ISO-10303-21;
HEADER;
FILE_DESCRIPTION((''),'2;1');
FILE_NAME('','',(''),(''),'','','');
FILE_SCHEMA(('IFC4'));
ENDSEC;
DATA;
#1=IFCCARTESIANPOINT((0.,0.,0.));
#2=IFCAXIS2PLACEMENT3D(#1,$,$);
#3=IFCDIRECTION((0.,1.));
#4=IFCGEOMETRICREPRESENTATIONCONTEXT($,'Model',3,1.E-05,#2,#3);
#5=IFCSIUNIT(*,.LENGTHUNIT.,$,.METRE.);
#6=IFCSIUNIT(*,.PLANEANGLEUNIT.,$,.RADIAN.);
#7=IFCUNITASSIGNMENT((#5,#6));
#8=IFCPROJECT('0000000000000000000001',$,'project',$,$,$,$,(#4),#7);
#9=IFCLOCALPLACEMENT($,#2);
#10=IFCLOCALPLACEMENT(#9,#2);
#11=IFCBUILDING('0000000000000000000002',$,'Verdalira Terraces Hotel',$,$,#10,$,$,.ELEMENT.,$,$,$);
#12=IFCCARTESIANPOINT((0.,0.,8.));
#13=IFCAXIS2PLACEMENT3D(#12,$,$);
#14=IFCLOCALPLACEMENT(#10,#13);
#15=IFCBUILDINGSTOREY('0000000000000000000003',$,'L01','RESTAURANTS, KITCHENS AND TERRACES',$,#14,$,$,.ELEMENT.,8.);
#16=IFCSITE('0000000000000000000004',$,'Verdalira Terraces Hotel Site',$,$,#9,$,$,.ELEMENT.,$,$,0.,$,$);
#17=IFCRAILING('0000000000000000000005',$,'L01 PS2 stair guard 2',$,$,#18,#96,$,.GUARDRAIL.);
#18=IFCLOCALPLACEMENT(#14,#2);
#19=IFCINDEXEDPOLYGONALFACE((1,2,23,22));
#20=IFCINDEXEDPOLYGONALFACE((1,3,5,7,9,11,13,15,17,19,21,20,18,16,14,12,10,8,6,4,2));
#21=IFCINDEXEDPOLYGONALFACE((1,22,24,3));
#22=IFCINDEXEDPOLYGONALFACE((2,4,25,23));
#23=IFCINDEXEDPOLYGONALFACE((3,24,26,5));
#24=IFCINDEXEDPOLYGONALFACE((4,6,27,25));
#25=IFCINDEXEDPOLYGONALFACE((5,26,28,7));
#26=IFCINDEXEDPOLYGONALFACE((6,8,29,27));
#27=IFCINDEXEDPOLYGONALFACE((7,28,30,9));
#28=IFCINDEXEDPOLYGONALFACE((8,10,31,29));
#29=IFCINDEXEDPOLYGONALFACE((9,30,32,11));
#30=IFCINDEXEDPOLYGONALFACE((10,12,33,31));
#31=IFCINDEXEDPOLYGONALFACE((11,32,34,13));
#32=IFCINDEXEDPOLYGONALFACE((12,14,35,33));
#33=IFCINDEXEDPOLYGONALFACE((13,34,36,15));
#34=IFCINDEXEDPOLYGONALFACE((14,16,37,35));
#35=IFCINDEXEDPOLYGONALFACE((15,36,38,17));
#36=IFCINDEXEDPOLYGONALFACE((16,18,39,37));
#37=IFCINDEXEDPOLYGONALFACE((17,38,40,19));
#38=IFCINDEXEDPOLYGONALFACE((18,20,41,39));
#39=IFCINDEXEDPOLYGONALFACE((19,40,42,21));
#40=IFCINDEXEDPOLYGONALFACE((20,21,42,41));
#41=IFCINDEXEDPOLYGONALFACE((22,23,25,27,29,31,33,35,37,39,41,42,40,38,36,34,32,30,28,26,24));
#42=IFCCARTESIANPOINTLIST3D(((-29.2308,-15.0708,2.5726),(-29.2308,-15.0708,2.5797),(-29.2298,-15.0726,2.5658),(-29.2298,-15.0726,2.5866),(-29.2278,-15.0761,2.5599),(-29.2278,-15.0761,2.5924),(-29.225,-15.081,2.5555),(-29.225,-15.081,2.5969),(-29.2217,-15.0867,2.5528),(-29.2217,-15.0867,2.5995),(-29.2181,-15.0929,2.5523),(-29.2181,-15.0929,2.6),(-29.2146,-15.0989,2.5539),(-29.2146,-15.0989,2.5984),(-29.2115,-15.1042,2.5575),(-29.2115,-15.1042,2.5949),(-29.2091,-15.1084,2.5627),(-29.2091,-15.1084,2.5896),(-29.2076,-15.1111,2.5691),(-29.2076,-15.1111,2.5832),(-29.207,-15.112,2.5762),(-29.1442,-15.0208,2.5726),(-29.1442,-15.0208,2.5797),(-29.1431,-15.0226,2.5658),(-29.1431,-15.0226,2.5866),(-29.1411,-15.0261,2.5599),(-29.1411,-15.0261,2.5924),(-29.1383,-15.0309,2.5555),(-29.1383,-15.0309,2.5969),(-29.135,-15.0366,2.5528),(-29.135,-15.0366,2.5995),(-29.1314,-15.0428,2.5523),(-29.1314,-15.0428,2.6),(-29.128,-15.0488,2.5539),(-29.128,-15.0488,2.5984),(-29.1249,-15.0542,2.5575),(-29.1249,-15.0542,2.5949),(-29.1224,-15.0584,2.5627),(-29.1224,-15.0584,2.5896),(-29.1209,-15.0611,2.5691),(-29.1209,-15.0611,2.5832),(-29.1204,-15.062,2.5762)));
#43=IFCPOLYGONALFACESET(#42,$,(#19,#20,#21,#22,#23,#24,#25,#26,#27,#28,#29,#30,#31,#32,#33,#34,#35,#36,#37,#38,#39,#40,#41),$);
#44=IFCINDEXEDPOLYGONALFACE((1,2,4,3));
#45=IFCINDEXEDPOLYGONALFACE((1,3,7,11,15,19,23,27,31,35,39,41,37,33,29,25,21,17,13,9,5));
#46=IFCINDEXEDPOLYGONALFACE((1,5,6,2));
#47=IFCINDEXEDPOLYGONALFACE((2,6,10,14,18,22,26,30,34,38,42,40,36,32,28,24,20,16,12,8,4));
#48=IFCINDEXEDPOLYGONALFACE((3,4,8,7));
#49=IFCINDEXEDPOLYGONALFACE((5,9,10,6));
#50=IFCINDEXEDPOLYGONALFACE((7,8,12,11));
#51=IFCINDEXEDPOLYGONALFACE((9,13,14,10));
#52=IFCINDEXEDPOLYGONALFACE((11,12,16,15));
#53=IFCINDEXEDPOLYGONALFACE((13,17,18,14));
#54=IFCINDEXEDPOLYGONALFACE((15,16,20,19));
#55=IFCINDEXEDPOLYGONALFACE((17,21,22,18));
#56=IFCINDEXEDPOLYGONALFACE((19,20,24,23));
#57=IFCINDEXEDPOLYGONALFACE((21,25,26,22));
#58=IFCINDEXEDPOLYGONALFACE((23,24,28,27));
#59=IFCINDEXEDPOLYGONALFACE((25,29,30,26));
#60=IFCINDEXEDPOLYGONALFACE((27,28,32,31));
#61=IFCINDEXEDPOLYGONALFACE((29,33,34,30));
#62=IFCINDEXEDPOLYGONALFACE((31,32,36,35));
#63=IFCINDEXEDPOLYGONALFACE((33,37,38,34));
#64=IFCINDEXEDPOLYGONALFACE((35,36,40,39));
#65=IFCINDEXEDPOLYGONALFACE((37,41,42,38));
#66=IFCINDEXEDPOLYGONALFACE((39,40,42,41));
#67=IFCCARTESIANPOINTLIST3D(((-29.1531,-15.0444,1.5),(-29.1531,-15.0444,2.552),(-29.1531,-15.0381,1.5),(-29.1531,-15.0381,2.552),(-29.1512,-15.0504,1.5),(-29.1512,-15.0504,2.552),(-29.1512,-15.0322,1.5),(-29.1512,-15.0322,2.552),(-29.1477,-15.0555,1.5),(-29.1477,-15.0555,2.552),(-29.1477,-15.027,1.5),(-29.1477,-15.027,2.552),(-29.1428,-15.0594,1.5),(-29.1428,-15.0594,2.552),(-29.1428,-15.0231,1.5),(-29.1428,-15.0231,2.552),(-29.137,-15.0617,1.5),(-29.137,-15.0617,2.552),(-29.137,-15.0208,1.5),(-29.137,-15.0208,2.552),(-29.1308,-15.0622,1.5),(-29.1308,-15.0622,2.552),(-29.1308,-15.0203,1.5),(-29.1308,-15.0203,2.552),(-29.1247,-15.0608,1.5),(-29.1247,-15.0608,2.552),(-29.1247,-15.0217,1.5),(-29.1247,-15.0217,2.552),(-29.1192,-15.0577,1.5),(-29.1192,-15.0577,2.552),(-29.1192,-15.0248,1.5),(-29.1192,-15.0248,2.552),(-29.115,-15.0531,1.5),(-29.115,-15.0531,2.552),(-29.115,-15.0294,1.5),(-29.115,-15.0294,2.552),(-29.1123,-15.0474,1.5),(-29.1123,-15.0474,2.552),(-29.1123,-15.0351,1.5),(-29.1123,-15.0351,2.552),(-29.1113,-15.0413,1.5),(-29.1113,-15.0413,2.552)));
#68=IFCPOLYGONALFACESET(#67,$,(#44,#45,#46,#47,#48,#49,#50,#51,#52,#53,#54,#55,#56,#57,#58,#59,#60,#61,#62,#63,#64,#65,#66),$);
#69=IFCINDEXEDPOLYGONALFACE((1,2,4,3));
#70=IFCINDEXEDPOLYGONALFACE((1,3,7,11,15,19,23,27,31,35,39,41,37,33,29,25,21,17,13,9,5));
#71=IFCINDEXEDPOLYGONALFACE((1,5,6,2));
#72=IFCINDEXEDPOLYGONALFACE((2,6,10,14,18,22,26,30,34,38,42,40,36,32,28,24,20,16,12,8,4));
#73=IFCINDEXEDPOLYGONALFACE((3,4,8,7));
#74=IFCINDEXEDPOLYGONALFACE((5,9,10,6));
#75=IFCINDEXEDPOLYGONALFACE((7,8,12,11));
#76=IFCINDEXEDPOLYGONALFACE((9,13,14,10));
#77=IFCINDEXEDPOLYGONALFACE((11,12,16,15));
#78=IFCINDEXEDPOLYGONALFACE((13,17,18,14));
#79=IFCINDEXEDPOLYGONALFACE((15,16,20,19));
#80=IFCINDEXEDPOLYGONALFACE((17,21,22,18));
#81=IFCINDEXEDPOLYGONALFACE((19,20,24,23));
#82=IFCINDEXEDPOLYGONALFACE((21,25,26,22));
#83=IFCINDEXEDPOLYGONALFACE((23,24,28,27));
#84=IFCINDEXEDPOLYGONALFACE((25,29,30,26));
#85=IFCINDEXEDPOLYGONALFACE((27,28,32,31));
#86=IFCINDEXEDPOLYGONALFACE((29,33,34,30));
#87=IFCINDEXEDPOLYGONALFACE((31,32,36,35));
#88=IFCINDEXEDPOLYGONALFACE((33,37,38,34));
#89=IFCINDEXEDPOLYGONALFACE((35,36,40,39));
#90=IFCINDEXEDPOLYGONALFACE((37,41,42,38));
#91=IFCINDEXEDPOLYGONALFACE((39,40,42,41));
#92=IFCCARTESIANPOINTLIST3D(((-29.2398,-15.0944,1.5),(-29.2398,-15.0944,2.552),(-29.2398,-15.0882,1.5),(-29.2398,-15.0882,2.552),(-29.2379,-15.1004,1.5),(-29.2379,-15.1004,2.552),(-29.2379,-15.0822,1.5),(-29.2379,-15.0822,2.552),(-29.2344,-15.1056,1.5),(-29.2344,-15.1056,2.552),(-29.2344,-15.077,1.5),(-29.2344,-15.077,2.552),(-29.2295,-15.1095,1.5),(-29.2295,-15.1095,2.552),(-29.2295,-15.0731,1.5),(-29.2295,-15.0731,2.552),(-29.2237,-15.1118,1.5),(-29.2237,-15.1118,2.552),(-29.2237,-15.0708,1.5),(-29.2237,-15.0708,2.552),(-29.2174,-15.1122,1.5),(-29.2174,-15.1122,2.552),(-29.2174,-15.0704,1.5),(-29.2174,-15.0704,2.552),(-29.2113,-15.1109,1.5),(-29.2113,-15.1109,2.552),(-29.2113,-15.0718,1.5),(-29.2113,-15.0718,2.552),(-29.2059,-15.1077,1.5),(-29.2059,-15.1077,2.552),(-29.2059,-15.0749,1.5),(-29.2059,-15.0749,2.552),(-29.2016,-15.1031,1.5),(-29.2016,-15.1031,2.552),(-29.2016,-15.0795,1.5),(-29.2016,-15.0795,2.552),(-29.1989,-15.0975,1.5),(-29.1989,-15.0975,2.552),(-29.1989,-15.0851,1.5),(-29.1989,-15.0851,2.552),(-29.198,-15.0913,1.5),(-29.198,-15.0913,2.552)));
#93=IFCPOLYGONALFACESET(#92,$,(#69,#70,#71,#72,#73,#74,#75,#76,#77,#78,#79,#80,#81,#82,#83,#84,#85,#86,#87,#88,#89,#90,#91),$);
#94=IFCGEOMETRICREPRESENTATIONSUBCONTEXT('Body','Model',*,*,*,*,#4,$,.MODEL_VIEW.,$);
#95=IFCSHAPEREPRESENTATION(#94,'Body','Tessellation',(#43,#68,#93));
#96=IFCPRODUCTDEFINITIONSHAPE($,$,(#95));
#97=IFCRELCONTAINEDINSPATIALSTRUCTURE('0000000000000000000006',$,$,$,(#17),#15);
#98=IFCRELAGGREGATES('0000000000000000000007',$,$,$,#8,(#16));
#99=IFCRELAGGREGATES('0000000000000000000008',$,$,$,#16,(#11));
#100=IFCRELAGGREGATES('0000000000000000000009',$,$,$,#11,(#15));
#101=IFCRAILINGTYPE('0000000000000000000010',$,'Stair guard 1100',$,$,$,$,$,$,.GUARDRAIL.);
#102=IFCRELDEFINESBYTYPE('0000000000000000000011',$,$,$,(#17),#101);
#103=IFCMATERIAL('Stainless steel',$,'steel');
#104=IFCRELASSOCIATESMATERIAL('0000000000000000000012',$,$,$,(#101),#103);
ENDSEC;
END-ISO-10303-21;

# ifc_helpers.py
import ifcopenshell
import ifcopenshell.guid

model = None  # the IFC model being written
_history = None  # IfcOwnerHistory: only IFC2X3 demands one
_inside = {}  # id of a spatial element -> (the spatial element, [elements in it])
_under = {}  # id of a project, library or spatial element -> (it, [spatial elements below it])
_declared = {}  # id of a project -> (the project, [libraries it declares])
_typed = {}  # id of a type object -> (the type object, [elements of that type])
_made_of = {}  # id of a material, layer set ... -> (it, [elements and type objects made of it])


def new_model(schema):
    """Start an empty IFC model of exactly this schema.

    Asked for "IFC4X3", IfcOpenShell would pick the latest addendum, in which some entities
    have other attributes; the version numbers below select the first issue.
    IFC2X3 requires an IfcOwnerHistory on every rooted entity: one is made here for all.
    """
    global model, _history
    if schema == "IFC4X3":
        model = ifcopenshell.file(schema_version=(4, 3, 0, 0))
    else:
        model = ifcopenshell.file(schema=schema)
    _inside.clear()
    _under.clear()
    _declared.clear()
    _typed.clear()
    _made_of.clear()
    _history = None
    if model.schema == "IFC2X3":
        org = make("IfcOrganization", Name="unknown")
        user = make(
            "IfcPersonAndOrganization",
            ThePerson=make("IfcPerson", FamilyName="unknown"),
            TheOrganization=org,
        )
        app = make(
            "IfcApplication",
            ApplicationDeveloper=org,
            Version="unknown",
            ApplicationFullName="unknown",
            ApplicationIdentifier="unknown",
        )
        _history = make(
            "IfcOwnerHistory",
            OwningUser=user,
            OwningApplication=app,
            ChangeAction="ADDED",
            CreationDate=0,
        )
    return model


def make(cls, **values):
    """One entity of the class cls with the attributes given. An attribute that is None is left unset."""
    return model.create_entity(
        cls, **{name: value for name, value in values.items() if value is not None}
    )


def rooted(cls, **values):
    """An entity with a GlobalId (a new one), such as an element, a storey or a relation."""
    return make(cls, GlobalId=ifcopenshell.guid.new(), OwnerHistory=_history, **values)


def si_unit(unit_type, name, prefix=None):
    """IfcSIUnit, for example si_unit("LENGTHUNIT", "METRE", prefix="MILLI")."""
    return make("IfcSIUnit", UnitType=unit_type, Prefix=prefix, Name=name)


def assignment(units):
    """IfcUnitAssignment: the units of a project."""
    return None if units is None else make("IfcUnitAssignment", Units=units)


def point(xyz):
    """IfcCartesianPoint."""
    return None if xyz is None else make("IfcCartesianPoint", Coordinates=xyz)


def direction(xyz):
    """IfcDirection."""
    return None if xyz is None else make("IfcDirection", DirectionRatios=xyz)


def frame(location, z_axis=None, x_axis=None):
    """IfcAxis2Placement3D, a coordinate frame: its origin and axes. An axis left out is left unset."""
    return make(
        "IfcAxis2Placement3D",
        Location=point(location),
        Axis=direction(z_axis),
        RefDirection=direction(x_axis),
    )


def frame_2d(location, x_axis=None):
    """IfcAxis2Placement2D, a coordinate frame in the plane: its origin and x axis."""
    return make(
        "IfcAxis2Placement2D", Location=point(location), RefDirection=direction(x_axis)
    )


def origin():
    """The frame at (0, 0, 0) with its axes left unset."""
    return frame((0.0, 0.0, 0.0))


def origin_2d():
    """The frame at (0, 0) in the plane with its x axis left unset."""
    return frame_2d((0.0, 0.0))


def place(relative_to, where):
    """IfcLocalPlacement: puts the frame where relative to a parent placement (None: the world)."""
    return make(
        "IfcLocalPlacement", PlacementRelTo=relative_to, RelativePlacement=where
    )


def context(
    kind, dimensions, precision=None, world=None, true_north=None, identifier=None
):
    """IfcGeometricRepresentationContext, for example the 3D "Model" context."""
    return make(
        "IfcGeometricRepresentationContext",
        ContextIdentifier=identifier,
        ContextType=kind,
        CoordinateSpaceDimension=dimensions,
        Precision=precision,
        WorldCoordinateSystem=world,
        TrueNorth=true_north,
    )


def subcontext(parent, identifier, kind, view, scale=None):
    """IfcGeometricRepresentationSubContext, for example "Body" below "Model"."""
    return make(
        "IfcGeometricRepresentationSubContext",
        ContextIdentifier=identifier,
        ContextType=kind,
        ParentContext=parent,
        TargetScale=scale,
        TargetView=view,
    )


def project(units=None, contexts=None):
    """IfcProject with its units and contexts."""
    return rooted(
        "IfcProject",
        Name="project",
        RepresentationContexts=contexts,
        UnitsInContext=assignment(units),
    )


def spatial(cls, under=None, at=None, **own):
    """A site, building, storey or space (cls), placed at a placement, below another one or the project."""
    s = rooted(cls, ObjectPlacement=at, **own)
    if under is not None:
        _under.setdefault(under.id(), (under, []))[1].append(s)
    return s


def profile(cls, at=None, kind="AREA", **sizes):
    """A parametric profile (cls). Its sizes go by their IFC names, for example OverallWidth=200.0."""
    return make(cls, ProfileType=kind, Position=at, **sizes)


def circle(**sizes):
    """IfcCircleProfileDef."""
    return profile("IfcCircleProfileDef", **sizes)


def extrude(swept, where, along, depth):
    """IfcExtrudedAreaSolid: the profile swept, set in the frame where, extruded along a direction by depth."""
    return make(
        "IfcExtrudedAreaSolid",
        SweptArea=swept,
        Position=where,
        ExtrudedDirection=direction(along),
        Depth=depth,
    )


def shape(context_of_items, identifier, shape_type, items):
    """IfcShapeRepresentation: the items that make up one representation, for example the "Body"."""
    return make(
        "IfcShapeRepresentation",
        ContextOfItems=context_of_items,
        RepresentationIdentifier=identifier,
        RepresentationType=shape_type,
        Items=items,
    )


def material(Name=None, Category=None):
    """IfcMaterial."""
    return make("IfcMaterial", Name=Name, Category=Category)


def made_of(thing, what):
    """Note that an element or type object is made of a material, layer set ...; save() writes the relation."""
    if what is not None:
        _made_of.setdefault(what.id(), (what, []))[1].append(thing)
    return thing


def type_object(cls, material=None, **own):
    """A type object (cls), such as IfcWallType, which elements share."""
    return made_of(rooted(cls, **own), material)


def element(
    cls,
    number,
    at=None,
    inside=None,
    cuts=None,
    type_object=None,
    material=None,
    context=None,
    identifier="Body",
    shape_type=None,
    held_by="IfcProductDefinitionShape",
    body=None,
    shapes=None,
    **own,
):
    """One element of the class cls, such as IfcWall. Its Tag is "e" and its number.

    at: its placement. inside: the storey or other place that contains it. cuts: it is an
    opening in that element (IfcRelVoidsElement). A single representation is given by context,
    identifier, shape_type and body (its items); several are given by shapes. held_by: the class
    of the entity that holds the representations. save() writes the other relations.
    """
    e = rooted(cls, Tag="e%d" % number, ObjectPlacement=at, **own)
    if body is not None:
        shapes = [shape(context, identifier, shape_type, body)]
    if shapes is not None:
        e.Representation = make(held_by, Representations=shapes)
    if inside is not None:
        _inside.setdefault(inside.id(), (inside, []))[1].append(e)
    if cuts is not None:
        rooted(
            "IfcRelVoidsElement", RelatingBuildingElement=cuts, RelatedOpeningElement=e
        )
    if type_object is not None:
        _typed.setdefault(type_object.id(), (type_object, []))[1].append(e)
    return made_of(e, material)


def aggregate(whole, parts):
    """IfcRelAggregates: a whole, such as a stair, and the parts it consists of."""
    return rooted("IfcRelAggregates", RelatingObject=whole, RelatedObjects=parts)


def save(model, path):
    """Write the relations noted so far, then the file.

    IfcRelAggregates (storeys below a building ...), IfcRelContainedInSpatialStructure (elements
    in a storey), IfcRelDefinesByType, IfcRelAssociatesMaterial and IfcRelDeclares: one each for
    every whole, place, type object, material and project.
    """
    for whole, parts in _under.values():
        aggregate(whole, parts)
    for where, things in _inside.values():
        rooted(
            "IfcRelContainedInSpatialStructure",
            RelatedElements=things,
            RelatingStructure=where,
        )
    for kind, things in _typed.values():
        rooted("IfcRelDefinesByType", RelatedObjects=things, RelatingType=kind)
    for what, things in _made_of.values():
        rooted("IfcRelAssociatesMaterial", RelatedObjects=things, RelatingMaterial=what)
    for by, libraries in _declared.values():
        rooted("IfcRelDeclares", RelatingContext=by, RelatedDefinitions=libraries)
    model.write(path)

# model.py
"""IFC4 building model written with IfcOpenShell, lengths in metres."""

from ifc_helpers import new_model, si_unit, direction, frame, origin, origin_2d, place, context, subcontext, project, spatial, circle, extrude, material, type_object, element, save


model = new_model("IFC4")

# Units and contexts
model_context = context("Model", 3, precision=1e-05, world=origin(), true_north=direction((0.0, 1.0)))
body_context = subcontext(model_context, "Body", "Model", "MODEL_VIEW")
ifc_project = project(units=[si_unit("LENGTHUNIT", "METRE"), si_unit("PLANEANGLEUNIT", "RADIAN")], contexts=[model_context])

# Site, building, storey
site_placement = place(None, origin())
site = spatial("IfcSite", under=ifc_project, at=site_placement, Name="Verdalira Terraces Hotel Site", CompositionType="ELEMENT", RefElevation=0.0)
building_placement = place(site_placement, origin())
building = spatial("IfcBuilding", under=site, at=building_placement, Name="Verdalira Terraces Hotel", CompositionType="ELEMENT")
storey_placement = place(building_placement, frame((0.0, 0.0, 8.0)))
storey = spatial("IfcBuildingStorey", under=building, at=storey_placement, Name="L01", Description="RESTAURANTS, KITCHENS AND TERRACES", CompositionType="ELEMENT", Elevation=8.0)

# Railing
ifc_material_1 = material(Name="Stainless steel", Category="steel")
railing_type_1 = type_object("IfcRailingType", Name="Stair guard 1100", PredefinedType="GUARDRAIL", material=ifc_material_1)
railing_1_placement = place(storey_placement, frame((-29.1323, -15.0413, 1.5)))
element("IfcRailing", 1, at=railing_1_placement, inside=storey, type_object=railing_type_1, Name="L01 PS2 stair guard 2", PredefinedType="GUARDRAIL", context=body_context, shape_type="SweptSolid", body=[
    extrude(circle(Radius=0.0239, at=origin_2d()), frame((0.0, 0.0, 1.0762), z_axis=(-0.865982, -0.500074, 0.0), x_axis=(0.500074, -0.865982, 0.0)), (0.0, 0.0, 1.0), 0.1001),
    extrude(circle(Radius=0.021, at=origin_2d()), origin(), (0.0, 0.0, 1.0), 1.052),
    extrude(circle(Radius=0.021, at=origin_2d()), frame((-0.0867, -0.05, 0.0)), (0.0, 0.0, 1.0), 1.052),
])

save(model, "model.ifc")
